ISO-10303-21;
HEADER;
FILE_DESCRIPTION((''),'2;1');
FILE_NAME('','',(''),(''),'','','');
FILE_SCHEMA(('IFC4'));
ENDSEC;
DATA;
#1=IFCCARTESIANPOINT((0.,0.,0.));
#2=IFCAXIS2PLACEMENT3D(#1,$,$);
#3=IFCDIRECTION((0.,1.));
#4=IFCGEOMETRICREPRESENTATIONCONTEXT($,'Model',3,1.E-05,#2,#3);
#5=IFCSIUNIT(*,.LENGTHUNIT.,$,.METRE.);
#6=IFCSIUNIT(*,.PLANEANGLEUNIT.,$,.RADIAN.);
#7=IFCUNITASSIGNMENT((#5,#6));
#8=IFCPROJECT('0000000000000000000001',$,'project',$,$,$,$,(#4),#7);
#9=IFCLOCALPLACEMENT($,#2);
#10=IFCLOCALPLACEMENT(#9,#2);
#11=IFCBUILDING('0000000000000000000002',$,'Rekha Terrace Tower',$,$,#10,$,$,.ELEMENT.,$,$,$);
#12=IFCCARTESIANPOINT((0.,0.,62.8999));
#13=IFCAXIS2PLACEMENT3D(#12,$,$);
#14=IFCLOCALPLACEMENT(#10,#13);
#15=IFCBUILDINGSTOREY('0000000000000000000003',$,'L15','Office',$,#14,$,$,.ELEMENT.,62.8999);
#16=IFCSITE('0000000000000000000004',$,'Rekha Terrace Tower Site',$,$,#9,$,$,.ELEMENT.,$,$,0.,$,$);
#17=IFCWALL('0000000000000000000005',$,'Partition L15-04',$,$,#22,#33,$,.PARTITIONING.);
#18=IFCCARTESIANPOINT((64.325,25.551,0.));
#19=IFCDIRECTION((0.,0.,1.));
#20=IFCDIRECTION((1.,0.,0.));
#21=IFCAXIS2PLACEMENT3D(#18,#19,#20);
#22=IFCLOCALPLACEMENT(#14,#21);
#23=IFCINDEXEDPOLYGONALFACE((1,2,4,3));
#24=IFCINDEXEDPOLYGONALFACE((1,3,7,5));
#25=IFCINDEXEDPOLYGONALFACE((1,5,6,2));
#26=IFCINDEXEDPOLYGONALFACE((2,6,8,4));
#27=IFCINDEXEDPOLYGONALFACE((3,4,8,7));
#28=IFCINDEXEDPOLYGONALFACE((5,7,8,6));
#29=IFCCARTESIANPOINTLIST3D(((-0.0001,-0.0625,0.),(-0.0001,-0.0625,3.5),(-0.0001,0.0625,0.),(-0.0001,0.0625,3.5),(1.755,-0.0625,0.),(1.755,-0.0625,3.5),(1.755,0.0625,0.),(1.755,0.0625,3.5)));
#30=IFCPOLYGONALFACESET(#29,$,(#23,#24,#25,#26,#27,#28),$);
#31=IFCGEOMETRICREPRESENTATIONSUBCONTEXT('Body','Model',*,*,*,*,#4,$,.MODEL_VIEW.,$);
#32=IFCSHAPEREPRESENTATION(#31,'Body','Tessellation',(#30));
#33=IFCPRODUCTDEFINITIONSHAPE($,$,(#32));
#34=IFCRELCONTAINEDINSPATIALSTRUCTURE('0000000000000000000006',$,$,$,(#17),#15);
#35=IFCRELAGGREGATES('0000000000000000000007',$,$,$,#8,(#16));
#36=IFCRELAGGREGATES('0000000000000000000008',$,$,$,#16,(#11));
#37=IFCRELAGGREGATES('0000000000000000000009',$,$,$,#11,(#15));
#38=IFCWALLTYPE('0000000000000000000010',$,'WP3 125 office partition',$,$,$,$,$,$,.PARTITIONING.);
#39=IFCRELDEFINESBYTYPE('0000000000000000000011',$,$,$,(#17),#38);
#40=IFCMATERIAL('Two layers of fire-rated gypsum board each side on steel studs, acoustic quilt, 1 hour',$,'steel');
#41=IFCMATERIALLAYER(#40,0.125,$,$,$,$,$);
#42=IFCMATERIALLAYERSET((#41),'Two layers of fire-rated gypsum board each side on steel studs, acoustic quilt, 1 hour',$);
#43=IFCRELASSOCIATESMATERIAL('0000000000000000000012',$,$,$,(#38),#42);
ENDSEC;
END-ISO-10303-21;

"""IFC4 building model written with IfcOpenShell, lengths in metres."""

from ifc_helpers import new_model, si_unit, direction, frame, frame_2d, origin, place, context, subcontext, project, spatial, rectangle, extrude, material, layer, layer_set, type_object, element, save


model = new_model("IFC4")

# Units and contexts
model_context = context("Model", 3, precision=1e-05, world=origin(), true_north=direction((0.0, 1.0)))
body_context = subcontext(model_context, "Body", "Model", "MODEL_VIEW")
ifc_project = project(units=[si_unit("LENGTHUNIT", "METRE"), si_unit("PLANEANGLEUNIT", "RADIAN")], contexts=[model_context])

# Site, building, storey
site_placement = place(None, origin())
site = spatial("IfcSite", under=ifc_project, at=site_placement, Name="Rekha Terrace Tower Site", CompositionType="ELEMENT", RefElevation=0.0)
building_placement = place(site_placement, origin())
building = spatial("IfcBuilding", under=site, at=building_placement, Name="Rekha Terrace Tower", CompositionType="ELEMENT")
storey_placement = place(building_placement, frame((0.0, 0.0, 62.8999)))
storey = spatial("IfcBuildingStorey", under=building, at=storey_placement, Name="L15", Description="Office", CompositionType="ELEMENT", Elevation=62.8999)

# Shared definitions
ifc_material_1 = material(Name="Two layers of fire-rated gypsum board each side on steel studs, acoustic quilt, 1 hour", Category="steel")
ifc_layer_1 = layer(ifc_material_1, 0.125)
ifc_layer_set_1 = layer_set([ifc_layer_1], Name="Two layers of fire-rated gypsum board each side on steel studs, acoustic quilt, 1 hour")
wall_type_1 = type_object("IfcWallType", Name="WP3 125 office partition", PredefinedType="PARTITIONING", material=ifc_layer_set_1)

# Wall
wall_1_placement = place(storey_placement, frame((64.325, 25.551, 0.0), z_axis=(0.0, 0.0, 1.0), x_axis=(1.0, 0.0, 0.0)))
element("IfcWall", 1, at=wall_1_placement, inside=storey, type_object=wall_type_1, Name="Partition L15-04", PredefinedType="PARTITIONING", context=body_context, shape_type="SweptSolid", body=[
    extrude(rectangle(XDim=1.7551, YDim=0.125, at=frame_2d((0.8774, 0.0))), origin(), (0.0, 0.0, 1.0), 3.5),
])

save(model, "model.ifc")
